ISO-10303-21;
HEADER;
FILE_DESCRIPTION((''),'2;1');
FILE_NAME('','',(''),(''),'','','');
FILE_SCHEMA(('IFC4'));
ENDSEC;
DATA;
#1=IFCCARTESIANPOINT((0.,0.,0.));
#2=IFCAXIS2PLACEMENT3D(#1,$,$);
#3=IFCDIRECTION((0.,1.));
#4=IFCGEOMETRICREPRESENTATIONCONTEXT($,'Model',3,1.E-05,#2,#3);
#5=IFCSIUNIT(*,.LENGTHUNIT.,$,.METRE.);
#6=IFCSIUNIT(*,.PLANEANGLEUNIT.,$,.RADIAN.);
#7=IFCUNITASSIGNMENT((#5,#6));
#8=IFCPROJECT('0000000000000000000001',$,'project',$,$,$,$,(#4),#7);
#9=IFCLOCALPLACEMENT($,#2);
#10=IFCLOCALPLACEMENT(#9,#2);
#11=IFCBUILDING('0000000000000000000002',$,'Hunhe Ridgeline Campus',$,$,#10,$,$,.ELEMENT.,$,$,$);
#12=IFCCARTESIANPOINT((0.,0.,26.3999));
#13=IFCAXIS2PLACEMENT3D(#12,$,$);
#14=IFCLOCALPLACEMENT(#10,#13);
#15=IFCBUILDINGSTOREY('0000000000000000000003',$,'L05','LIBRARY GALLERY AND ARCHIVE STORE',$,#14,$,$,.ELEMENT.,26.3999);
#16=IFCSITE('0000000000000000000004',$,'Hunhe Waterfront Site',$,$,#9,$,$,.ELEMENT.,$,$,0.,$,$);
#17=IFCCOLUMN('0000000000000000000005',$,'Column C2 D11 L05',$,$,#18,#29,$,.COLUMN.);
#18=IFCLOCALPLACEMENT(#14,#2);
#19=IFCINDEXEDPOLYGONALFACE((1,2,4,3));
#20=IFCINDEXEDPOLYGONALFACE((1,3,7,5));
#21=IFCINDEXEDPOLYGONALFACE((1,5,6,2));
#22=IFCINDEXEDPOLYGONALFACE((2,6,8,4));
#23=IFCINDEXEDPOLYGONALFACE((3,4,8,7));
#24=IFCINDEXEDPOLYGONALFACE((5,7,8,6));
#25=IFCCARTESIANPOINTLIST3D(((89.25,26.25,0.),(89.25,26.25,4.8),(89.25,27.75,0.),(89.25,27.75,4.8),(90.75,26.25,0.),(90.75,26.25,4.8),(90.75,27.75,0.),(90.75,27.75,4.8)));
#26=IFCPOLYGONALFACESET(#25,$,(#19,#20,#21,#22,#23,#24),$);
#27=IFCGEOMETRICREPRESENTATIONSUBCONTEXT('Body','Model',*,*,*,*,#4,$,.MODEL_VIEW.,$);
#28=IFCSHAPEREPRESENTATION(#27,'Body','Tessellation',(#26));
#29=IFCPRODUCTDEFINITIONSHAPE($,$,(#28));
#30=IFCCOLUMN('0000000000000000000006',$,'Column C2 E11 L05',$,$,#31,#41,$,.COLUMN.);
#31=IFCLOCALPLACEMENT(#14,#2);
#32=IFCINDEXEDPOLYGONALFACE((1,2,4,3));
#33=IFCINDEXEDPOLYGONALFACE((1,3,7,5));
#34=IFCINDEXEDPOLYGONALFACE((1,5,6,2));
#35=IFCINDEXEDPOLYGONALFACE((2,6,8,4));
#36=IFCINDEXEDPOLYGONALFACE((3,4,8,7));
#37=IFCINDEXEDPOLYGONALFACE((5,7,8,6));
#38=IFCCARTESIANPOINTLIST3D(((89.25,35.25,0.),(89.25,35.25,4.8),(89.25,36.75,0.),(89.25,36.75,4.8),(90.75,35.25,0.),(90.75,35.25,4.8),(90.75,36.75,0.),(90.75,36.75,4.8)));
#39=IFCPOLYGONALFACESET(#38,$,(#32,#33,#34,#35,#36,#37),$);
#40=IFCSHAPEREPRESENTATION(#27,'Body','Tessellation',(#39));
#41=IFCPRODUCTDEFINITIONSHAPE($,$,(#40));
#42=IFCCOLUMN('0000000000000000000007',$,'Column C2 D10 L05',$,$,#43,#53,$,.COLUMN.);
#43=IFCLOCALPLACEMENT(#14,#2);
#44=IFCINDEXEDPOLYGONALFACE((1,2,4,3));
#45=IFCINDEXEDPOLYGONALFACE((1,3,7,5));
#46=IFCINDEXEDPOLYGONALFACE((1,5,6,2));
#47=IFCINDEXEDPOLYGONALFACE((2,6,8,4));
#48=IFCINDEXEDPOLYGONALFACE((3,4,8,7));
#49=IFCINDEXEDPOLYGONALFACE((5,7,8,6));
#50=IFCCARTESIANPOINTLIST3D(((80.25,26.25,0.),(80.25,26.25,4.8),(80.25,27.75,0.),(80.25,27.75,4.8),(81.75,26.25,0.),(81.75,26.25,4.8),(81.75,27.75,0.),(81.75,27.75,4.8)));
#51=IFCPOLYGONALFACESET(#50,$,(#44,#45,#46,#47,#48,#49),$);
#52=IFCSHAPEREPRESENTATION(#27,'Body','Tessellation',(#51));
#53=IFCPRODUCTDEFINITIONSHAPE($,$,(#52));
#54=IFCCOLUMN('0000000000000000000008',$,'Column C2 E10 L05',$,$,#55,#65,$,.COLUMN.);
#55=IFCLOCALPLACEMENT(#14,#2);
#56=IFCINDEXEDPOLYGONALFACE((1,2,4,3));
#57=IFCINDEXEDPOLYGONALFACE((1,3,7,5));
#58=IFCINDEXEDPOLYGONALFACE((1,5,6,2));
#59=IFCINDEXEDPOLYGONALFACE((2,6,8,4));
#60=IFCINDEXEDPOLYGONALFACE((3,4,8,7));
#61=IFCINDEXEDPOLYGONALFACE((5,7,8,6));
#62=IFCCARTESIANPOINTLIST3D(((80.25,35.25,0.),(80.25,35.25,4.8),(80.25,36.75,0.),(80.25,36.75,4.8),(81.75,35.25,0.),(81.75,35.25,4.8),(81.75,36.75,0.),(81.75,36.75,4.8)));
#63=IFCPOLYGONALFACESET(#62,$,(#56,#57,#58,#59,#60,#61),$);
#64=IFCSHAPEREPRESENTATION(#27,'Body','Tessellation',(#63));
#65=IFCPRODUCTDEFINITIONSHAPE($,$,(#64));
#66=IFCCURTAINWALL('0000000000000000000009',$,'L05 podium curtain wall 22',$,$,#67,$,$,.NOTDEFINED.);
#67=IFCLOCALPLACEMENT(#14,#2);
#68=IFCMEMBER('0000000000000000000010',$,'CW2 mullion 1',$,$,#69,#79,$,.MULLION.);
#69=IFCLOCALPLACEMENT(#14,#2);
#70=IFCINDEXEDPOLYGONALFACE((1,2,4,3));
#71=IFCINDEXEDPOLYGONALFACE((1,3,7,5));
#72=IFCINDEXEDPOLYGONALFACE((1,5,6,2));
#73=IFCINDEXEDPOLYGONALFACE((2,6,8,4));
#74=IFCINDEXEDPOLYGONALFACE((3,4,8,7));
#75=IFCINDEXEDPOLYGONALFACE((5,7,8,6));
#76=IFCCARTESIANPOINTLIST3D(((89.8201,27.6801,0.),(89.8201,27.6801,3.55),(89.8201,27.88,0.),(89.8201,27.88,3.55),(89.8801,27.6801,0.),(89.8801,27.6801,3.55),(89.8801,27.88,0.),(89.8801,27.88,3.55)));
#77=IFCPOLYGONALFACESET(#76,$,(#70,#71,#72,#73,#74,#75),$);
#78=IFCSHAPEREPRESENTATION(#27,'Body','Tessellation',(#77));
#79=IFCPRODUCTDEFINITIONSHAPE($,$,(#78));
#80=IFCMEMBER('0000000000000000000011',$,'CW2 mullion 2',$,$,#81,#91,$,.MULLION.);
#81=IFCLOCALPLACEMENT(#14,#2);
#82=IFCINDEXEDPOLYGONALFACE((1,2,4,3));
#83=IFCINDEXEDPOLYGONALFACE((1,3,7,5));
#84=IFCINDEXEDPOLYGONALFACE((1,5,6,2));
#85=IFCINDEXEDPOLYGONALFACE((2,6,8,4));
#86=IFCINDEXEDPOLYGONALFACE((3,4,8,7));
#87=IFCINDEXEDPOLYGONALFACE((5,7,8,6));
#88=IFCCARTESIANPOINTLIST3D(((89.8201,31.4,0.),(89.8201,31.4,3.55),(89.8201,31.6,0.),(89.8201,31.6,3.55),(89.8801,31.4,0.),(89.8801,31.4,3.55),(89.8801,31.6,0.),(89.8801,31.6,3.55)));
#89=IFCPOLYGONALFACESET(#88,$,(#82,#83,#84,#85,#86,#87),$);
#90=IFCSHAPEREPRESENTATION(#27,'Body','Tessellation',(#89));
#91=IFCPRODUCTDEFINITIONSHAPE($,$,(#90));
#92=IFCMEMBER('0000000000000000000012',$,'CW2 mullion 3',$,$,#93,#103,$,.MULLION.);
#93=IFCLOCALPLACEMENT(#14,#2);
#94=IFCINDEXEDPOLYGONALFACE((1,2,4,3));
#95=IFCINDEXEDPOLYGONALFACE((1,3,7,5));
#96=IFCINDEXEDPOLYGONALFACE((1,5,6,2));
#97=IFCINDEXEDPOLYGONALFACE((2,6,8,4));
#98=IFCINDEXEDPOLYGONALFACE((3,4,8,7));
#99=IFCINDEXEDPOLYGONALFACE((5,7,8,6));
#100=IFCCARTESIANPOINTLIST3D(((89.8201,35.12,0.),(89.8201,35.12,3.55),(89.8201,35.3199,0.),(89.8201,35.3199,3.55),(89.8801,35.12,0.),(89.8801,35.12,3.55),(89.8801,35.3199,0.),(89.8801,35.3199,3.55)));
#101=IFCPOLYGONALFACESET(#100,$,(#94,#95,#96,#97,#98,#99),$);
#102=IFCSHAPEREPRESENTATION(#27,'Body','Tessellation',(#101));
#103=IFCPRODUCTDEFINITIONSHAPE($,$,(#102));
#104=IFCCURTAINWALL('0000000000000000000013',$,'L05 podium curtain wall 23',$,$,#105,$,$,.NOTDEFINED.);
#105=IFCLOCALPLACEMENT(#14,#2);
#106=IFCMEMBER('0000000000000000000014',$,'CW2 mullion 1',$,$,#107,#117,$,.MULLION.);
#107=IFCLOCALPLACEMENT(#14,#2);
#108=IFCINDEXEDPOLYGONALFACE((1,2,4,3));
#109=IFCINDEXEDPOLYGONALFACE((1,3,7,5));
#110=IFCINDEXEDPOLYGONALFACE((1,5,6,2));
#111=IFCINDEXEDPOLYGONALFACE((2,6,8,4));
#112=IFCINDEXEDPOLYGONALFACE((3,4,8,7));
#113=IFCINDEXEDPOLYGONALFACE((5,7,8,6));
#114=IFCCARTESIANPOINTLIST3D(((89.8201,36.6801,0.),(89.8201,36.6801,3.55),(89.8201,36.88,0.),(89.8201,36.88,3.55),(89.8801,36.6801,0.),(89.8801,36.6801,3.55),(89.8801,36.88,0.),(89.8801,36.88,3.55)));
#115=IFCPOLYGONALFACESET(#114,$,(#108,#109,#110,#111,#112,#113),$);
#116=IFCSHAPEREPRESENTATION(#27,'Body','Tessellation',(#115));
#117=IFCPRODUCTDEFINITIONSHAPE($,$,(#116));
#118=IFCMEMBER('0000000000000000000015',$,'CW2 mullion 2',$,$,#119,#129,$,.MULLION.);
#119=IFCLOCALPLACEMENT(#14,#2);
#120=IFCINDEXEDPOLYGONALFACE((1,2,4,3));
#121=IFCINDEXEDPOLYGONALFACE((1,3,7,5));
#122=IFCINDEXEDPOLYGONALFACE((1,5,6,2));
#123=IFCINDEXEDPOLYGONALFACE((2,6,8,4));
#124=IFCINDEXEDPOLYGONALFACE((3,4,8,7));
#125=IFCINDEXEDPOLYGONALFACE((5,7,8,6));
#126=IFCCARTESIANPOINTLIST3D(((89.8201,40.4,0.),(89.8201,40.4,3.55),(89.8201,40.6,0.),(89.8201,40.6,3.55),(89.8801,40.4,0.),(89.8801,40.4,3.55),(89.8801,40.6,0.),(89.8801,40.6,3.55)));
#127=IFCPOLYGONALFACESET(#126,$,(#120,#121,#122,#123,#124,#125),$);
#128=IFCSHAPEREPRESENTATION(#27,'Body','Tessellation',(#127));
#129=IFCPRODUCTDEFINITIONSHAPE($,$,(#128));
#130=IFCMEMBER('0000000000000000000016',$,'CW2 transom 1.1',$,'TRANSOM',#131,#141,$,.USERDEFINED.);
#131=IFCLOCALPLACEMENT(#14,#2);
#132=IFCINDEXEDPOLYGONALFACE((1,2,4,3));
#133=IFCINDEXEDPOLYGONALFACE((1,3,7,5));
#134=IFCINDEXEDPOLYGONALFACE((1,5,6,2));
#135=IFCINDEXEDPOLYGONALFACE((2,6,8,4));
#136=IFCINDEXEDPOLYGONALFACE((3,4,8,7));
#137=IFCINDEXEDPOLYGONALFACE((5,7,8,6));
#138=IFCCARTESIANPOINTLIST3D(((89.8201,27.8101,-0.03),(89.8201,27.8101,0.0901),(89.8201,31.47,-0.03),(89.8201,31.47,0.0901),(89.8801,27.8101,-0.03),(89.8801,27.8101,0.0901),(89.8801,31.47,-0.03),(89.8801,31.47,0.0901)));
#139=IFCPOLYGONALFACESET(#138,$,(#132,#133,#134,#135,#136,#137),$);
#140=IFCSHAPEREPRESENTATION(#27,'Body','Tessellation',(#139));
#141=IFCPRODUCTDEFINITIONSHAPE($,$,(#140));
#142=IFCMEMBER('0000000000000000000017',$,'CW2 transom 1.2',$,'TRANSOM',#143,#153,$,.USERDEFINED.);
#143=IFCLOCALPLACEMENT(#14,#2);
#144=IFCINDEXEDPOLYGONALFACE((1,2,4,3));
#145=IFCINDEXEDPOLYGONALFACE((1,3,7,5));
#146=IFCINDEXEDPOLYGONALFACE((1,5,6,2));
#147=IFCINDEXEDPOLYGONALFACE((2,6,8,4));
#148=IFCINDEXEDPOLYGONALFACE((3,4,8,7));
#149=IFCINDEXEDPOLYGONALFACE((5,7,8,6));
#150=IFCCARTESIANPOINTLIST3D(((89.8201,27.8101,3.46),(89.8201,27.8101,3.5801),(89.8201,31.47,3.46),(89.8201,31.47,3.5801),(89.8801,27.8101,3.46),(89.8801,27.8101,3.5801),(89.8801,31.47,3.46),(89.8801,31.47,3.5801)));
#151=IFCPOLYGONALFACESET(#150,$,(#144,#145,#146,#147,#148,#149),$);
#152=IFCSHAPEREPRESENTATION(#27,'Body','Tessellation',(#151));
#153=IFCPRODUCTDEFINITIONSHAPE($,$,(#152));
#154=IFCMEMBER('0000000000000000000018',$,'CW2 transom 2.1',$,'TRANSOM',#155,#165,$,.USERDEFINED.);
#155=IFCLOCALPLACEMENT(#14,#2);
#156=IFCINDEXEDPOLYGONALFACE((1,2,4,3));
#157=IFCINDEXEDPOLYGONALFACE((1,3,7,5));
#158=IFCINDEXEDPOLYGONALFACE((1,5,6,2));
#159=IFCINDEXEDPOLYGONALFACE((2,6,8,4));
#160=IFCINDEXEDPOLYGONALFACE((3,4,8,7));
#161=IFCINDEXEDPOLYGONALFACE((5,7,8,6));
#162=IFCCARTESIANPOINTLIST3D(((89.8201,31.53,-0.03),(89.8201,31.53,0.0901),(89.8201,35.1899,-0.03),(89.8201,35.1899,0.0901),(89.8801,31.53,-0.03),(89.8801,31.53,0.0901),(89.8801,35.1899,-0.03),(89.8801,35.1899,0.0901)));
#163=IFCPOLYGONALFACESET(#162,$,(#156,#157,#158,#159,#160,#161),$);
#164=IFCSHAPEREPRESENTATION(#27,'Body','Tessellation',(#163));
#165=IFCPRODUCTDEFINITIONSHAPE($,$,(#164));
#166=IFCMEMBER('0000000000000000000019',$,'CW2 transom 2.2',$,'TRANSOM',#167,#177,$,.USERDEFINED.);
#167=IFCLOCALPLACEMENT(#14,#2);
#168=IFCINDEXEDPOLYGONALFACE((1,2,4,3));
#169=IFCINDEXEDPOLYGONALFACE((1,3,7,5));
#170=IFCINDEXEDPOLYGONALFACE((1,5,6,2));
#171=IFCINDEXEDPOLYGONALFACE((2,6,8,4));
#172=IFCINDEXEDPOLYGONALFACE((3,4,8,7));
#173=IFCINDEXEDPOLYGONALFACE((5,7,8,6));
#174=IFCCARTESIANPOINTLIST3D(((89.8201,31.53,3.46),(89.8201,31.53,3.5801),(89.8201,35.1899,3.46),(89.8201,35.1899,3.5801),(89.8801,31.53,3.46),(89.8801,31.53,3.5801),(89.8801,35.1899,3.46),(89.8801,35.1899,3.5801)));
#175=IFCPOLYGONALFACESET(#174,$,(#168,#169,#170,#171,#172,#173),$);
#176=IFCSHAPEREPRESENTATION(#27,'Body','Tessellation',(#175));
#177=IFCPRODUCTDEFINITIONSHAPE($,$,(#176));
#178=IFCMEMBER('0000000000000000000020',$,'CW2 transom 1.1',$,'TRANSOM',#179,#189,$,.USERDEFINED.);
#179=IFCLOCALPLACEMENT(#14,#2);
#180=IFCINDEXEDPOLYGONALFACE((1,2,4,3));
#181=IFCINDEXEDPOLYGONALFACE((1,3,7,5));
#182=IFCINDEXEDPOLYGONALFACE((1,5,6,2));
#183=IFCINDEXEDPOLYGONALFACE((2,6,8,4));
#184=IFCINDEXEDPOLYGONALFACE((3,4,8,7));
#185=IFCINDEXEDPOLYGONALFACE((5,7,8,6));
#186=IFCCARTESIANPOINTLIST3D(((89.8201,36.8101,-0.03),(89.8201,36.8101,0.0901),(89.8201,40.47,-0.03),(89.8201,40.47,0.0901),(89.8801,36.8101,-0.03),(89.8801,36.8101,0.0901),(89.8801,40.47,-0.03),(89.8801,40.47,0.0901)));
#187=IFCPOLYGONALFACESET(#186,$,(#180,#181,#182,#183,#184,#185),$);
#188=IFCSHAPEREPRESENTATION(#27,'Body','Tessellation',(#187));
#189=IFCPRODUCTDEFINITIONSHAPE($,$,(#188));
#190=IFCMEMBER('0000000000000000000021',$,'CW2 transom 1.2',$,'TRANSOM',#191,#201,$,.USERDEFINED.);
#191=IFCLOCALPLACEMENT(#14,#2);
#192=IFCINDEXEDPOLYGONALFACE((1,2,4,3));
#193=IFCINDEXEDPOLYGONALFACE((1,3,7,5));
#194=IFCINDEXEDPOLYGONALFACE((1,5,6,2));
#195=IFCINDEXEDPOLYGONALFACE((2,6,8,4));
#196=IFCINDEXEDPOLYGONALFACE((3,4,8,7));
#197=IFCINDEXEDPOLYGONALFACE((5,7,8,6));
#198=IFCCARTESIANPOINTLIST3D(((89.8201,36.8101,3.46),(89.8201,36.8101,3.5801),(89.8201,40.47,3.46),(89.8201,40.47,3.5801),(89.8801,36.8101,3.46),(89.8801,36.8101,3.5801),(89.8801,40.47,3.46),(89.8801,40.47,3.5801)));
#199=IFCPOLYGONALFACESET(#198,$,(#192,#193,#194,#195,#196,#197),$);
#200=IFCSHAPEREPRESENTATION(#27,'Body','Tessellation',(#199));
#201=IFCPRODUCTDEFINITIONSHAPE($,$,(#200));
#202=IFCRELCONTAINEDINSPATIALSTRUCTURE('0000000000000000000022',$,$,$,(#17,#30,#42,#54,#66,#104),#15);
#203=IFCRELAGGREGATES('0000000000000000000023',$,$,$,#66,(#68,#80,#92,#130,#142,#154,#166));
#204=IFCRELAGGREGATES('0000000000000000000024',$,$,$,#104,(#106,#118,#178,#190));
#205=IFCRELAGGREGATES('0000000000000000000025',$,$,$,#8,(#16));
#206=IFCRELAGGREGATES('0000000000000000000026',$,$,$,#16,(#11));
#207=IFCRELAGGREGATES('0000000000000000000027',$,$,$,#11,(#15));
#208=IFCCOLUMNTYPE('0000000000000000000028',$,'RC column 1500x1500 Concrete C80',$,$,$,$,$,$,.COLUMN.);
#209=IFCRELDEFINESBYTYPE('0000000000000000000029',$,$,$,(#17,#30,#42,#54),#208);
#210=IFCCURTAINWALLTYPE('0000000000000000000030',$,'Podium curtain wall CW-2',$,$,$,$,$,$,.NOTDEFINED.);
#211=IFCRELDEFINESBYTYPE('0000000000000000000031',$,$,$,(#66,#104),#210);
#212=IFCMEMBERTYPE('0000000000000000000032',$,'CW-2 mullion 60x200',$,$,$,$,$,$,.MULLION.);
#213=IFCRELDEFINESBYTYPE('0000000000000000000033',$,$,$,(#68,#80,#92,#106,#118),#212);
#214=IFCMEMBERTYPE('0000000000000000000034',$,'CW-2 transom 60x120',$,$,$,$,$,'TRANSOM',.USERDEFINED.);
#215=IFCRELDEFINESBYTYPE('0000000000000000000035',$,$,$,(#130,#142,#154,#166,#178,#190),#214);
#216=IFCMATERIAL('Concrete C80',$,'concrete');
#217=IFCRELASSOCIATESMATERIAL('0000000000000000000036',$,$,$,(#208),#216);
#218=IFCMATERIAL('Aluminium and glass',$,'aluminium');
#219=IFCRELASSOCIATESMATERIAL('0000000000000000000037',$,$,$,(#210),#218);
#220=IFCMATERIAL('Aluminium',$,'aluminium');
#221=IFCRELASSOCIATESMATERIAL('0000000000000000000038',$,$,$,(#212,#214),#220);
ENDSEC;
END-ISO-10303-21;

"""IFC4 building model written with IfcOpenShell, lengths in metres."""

from ifc_helpers import new_model, si_unit, direction, frame, origin, origin_2d, place, context, subcontext, project, spatial, rectangle, extrude, material, material_profile, profile_set, type_object, element, aggregate, save


model = new_model("IFC4")

# Units and contexts
model_context = context("Model", 3, precision=1e-05, world=origin(), true_north=direction((0.0, 1.0)))
body_context = subcontext(model_context, "Body", "Model", "MODEL_VIEW")
ifc_project = project(units=[si_unit("LENGTHUNIT", "METRE"), si_unit("PLANEANGLEUNIT", "RADIAN")], contexts=[model_context])

# Site, building, storey
site_placement = place(None, origin())
site = spatial("IfcSite", under=ifc_project, at=site_placement, Name="Hunhe Waterfront Site", CompositionType="ELEMENT", RefElevation=0.0)
building_placement = place(site_placement, origin())
building = spatial("IfcBuilding", under=site, at=building_placement, Name="Hunhe Ridgeline Campus", CompositionType="ELEMENT")
storey_placement = place(building_placement, frame((0.0, 0.0, 26.3999)))
storey = spatial("IfcBuildingStorey", under=building, at=storey_placement, Name="L05", Description="LIBRARY GALLERY AND ARCHIVE STORE", CompositionType="ELEMENT", Elevation=26.3999)

# Columns
ifc_material_1 = material(Name="Concrete C80", Category="concrete")
ifc_material_profile_1 = material_profile(ifc_material_1, rectangle(XDim=1.5, YDim=1.5, at=origin_2d()))
ifc_profile_set_1 = profile_set([ifc_material_profile_1], Name="Concrete C80")
column_type = type_object("IfcColumnType", Name="RC column 1500x1500 Concrete C80", PredefinedType="COLUMN", material=ifc_profile_set_1)
for number, where, z_axis, x_axis, name in (
    (1, (90.0, 27.0, 0.0), (0.0, 0.0, 1.0), (1.0, 0.0, 0.0), "Column C2 D11 L05"),
    (2, (90.0, 36.0, 0.0), (0.0, 0.0, 1.0), (1.0, 0.0, 0.0), "Column C2 E11 L05"),
    (3, (81.0, 27.0, 0.0), (0.0, 0.0, 1.0), (1.0, 0.0, 0.0), "Column C2 D10 L05"),
    (4, (81.0, 36.0, 0.0), (0.0, 0.0, 1.0), (1.0, 0.0, 0.0), "Column C2 E10 L05"),
):
    element("IfcColumn", number, at=place(storey_placement, frame(where, z_axis=z_axis, x_axis=x_axis)), inside=storey, type_object=column_type, Name=name, PredefinedType="COLUMN", context=body_context, shape_type="SweptSolid", body=[
        extrude(rectangle(XDim=1.5, YDim=1.5, at=origin_2d()), origin(), (0.0, 0.0, 1.0), 4.8),
    ])

# Curtain walls, members
ifc_material_2 = material(Name="Aluminium and glass", Category="aluminium")
curtain_wall_type = type_object("IfcCurtainWallType", Name="Podium curtain wall CW-2", PredefinedType="NOTDEFINED", material=ifc_material_2)
curtain_wall_1_placement = place(storey_placement, origin())
curtain_wall_1 = element("IfcCurtainWall", 5, at=curtain_wall_1_placement, inside=storey, type_object=curtain_wall_type, Name="L05 podium curtain wall 22", PredefinedType="NOTDEFINED")
ifc_material_3 = material(Name="Aluminium", Category="aluminium")
ifc_material_profile_2 = material_profile(ifc_material_3, rectangle(XDim=0.0601, YDim=0.2, at=origin_2d()))
ifc_profile_set_2 = profile_set([ifc_material_profile_2], Name="Aluminium")
member_type_1 = type_object("IfcMemberType", Name="CW-2 mullion 60x200", PredefinedType="MULLION", material=ifc_profile_set_2)
member_1_placement = place(storey_placement, frame((89.8501, 27.78, 0.0), z_axis=(0.0, 0.0, 1.0), x_axis=(-1.0, 0.0, 0.0)))
member_1 = element("IfcMember", 6, at=member_1_placement, type_object=member_type_1, Name="CW2 mullion 1", PredefinedType="MULLION", context=body_context, shape_type="SweptSolid", body=[
    extrude(rectangle(XDim=0.0601, YDim=0.2, at=origin_2d()), origin(), (0.0, 0.0, 1.0), 3.55),
])
member_2_placement = place(storey_placement, frame((89.8501, 31.5, 0.0), z_axis=(0.0, 0.0, 1.0), x_axis=(-1.0, 0.0, 0.0)))
member_2 = element("IfcMember", 7, at=member_2_placement, type_object=member_type_1, Name="CW2 mullion 2", PredefinedType="MULLION", context=body_context, shape_type="SweptSolid", body=[
    extrude(rectangle(XDim=0.0601, YDim=0.2, at=origin_2d()), origin(), (0.0, 0.0, 1.0), 3.55),
])
member_3_placement = place(storey_placement, frame((89.8501, 35.22, 0.0), z_axis=(0.0, 0.0, 1.0), x_axis=(-1.0, 0.0, 0.0)))
member_3 = element("IfcMember", 8, at=member_3_placement, type_object=member_type_1, Name="CW2 mullion 3", PredefinedType="MULLION", context=body_context, shape_type="SweptSolid", body=[
    extrude(rectangle(XDim=0.0601, YDim=0.2, at=origin_2d()), origin(), (0.0, 0.0, 1.0), 3.55),
])
curtain_wall_2_placement = place(storey_placement, origin())
curtain_wall_2 = element("IfcCurtainWall", 9, at=curtain_wall_2_placement, inside=storey, type_object=curtain_wall_type, Name="L05 podium curtain wall 23", PredefinedType="NOTDEFINED")
member_4_placement = place(storey_placement, frame((89.8501, 36.78, 0.0), z_axis=(0.0, 0.0, 1.0), x_axis=(-1.0, 0.0, 0.0)))
member_4 = element("IfcMember", 10, at=member_4_placement, type_object=member_type_1, Name="CW2 mullion 1", PredefinedType="MULLION", context=body_context, shape_type="SweptSolid", body=[
    extrude(rectangle(XDim=0.0601, YDim=0.2, at=origin_2d()), origin(), (0.0, 0.0, 1.0), 3.55),
])
member_5_placement = place(storey_placement, frame((89.8501, 40.5, 0.0), z_axis=(0.0, 0.0, 1.0), x_axis=(-1.0, 0.0, 0.0)))
member_5 = element("IfcMember", 11, at=member_5_placement, type_object=member_type_1, Name="CW2 mullion 2", PredefinedType="MULLION", context=body_context, shape_type="SweptSolid", body=[
    extrude(rectangle(XDim=0.0601, YDim=0.2, at=origin_2d()), origin(), (0.0, 0.0, 1.0), 3.55),
])

# Members
ifc_material_profile_3 = material_profile(ifc_material_3, rectangle(XDim=0.0601, YDim=0.1201, at=origin_2d()))
ifc_profile_set_3 = profile_set([ifc_material_profile_3], Name="Aluminium")
member_type_2 = type_object("IfcMemberType", Name="CW-2 transom 60x120", ElementType="TRANSOM", PredefinedType="USERDEFINED", material=ifc_profile_set_3)
member_6_placement = place(storey_placement, frame((89.8501, 27.8101, 0.03), z_axis=(0.0, 1.0, 0.0), x_axis=(-1.0, 0.0, 0.0)))
member_6 = element("IfcMember", 12, at=member_6_placement, type_object=member_type_2, Name="CW2 transom 1.1", ObjectType="TRANSOM", PredefinedType="USERDEFINED", context=body_context, shape_type="SweptSolid", body=[
    extrude(rectangle(XDim=0.0601, YDim=0.1201, at=origin_2d()), origin(), (0.0, 0.0, 1.0), 3.6599),
])
member_7_placement = place(storey_placement, frame((89.8501, 27.8101, 3.52), z_axis=(0.0, 1.0, 0.0), x_axis=(-1.0, 0.0, 0.0)))
member_7 = element("IfcMember", 13, at=member_7_placement, type_object=member_type_2, Name="CW2 transom 1.2", ObjectType="TRANSOM", PredefinedType="USERDEFINED", context=body_context, shape_type="SweptSolid", body=[
    extrude(rectangle(XDim=0.0601, YDim=0.1201, at=origin_2d()), origin(), (0.0, 0.0, 1.0), 3.6599),
])
member_8_placement = place(storey_placement, frame((89.8501, 31.53, 0.03), z_axis=(0.0, 1.0, 0.0), x_axis=(-1.0, 0.0, 0.0)))
member_8 = element("IfcMember", 14, at=member_8_placement, type_object=member_type_2, Name="CW2 transom 2.1", ObjectType="TRANSOM", PredefinedType="USERDEFINED", context=body_context, shape_type="SweptSolid", body=[
    extrude(rectangle(XDim=0.0601, YDim=0.1201, at=origin_2d()), origin(), (0.0, 0.0, 1.0), 3.6599),
])
member_9_placement = place(storey_placement, frame((89.8501, 31.53, 3.52), z_axis=(0.0, 1.0, 0.0), x_axis=(-1.0, 0.0, 0.0)))
member_9 = element("IfcMember", 15, at=member_9_placement, type_object=member_type_2, Name="CW2 transom 2.2", ObjectType="TRANSOM", PredefinedType="USERDEFINED", context=body_context, shape_type="SweptSolid", body=[
    extrude(rectangle(XDim=0.0601, YDim=0.1201, at=origin_2d()), origin(), (0.0, 0.0, 1.0), 3.6599),
])
member_10_placement = place(storey_placement, frame((89.8501, 36.8101, 0.03), z_axis=(0.0, 1.0, 0.0), x_axis=(-1.0, 0.0, 0.0)))
member_10 = element("IfcMember", 16, at=member_10_placement, type_object=member_type_2, Name="CW2 transom 1.1", ObjectType="TRANSOM", PredefinedType="USERDEFINED", context=body_context, shape_type="SweptSolid", body=[
    extrude(rectangle(XDim=0.0601, YDim=0.1201, at=origin_2d()), origin(), (0.0, 0.0, 1.0), 3.6599),
])
member_11_placement = place(storey_placement, frame((89.8501, 36.8101, 3.52), z_axis=(0.0, 1.0, 0.0), x_axis=(-1.0, 0.0, 0.0)))
member_11 = element("IfcMember", 17, at=member_11_placement, type_object=member_type_2, Name="CW2 transom 1.2", ObjectType="TRANSOM", PredefinedType="USERDEFINED", context=body_context, shape_type="SweptSolid", body=[
    extrude(rectangle(XDim=0.0601, YDim=0.1201, at=origin_2d()), origin(), (0.0, 0.0, 1.0), 3.6599),
])

aggregate(curtain_wall_1, [member_1, member_2, member_3, member_6, member_7, member_8, member_9])
aggregate(curtain_wall_2, [member_4, member_5, member_10, member_11])

save(model, "model.ifc")
